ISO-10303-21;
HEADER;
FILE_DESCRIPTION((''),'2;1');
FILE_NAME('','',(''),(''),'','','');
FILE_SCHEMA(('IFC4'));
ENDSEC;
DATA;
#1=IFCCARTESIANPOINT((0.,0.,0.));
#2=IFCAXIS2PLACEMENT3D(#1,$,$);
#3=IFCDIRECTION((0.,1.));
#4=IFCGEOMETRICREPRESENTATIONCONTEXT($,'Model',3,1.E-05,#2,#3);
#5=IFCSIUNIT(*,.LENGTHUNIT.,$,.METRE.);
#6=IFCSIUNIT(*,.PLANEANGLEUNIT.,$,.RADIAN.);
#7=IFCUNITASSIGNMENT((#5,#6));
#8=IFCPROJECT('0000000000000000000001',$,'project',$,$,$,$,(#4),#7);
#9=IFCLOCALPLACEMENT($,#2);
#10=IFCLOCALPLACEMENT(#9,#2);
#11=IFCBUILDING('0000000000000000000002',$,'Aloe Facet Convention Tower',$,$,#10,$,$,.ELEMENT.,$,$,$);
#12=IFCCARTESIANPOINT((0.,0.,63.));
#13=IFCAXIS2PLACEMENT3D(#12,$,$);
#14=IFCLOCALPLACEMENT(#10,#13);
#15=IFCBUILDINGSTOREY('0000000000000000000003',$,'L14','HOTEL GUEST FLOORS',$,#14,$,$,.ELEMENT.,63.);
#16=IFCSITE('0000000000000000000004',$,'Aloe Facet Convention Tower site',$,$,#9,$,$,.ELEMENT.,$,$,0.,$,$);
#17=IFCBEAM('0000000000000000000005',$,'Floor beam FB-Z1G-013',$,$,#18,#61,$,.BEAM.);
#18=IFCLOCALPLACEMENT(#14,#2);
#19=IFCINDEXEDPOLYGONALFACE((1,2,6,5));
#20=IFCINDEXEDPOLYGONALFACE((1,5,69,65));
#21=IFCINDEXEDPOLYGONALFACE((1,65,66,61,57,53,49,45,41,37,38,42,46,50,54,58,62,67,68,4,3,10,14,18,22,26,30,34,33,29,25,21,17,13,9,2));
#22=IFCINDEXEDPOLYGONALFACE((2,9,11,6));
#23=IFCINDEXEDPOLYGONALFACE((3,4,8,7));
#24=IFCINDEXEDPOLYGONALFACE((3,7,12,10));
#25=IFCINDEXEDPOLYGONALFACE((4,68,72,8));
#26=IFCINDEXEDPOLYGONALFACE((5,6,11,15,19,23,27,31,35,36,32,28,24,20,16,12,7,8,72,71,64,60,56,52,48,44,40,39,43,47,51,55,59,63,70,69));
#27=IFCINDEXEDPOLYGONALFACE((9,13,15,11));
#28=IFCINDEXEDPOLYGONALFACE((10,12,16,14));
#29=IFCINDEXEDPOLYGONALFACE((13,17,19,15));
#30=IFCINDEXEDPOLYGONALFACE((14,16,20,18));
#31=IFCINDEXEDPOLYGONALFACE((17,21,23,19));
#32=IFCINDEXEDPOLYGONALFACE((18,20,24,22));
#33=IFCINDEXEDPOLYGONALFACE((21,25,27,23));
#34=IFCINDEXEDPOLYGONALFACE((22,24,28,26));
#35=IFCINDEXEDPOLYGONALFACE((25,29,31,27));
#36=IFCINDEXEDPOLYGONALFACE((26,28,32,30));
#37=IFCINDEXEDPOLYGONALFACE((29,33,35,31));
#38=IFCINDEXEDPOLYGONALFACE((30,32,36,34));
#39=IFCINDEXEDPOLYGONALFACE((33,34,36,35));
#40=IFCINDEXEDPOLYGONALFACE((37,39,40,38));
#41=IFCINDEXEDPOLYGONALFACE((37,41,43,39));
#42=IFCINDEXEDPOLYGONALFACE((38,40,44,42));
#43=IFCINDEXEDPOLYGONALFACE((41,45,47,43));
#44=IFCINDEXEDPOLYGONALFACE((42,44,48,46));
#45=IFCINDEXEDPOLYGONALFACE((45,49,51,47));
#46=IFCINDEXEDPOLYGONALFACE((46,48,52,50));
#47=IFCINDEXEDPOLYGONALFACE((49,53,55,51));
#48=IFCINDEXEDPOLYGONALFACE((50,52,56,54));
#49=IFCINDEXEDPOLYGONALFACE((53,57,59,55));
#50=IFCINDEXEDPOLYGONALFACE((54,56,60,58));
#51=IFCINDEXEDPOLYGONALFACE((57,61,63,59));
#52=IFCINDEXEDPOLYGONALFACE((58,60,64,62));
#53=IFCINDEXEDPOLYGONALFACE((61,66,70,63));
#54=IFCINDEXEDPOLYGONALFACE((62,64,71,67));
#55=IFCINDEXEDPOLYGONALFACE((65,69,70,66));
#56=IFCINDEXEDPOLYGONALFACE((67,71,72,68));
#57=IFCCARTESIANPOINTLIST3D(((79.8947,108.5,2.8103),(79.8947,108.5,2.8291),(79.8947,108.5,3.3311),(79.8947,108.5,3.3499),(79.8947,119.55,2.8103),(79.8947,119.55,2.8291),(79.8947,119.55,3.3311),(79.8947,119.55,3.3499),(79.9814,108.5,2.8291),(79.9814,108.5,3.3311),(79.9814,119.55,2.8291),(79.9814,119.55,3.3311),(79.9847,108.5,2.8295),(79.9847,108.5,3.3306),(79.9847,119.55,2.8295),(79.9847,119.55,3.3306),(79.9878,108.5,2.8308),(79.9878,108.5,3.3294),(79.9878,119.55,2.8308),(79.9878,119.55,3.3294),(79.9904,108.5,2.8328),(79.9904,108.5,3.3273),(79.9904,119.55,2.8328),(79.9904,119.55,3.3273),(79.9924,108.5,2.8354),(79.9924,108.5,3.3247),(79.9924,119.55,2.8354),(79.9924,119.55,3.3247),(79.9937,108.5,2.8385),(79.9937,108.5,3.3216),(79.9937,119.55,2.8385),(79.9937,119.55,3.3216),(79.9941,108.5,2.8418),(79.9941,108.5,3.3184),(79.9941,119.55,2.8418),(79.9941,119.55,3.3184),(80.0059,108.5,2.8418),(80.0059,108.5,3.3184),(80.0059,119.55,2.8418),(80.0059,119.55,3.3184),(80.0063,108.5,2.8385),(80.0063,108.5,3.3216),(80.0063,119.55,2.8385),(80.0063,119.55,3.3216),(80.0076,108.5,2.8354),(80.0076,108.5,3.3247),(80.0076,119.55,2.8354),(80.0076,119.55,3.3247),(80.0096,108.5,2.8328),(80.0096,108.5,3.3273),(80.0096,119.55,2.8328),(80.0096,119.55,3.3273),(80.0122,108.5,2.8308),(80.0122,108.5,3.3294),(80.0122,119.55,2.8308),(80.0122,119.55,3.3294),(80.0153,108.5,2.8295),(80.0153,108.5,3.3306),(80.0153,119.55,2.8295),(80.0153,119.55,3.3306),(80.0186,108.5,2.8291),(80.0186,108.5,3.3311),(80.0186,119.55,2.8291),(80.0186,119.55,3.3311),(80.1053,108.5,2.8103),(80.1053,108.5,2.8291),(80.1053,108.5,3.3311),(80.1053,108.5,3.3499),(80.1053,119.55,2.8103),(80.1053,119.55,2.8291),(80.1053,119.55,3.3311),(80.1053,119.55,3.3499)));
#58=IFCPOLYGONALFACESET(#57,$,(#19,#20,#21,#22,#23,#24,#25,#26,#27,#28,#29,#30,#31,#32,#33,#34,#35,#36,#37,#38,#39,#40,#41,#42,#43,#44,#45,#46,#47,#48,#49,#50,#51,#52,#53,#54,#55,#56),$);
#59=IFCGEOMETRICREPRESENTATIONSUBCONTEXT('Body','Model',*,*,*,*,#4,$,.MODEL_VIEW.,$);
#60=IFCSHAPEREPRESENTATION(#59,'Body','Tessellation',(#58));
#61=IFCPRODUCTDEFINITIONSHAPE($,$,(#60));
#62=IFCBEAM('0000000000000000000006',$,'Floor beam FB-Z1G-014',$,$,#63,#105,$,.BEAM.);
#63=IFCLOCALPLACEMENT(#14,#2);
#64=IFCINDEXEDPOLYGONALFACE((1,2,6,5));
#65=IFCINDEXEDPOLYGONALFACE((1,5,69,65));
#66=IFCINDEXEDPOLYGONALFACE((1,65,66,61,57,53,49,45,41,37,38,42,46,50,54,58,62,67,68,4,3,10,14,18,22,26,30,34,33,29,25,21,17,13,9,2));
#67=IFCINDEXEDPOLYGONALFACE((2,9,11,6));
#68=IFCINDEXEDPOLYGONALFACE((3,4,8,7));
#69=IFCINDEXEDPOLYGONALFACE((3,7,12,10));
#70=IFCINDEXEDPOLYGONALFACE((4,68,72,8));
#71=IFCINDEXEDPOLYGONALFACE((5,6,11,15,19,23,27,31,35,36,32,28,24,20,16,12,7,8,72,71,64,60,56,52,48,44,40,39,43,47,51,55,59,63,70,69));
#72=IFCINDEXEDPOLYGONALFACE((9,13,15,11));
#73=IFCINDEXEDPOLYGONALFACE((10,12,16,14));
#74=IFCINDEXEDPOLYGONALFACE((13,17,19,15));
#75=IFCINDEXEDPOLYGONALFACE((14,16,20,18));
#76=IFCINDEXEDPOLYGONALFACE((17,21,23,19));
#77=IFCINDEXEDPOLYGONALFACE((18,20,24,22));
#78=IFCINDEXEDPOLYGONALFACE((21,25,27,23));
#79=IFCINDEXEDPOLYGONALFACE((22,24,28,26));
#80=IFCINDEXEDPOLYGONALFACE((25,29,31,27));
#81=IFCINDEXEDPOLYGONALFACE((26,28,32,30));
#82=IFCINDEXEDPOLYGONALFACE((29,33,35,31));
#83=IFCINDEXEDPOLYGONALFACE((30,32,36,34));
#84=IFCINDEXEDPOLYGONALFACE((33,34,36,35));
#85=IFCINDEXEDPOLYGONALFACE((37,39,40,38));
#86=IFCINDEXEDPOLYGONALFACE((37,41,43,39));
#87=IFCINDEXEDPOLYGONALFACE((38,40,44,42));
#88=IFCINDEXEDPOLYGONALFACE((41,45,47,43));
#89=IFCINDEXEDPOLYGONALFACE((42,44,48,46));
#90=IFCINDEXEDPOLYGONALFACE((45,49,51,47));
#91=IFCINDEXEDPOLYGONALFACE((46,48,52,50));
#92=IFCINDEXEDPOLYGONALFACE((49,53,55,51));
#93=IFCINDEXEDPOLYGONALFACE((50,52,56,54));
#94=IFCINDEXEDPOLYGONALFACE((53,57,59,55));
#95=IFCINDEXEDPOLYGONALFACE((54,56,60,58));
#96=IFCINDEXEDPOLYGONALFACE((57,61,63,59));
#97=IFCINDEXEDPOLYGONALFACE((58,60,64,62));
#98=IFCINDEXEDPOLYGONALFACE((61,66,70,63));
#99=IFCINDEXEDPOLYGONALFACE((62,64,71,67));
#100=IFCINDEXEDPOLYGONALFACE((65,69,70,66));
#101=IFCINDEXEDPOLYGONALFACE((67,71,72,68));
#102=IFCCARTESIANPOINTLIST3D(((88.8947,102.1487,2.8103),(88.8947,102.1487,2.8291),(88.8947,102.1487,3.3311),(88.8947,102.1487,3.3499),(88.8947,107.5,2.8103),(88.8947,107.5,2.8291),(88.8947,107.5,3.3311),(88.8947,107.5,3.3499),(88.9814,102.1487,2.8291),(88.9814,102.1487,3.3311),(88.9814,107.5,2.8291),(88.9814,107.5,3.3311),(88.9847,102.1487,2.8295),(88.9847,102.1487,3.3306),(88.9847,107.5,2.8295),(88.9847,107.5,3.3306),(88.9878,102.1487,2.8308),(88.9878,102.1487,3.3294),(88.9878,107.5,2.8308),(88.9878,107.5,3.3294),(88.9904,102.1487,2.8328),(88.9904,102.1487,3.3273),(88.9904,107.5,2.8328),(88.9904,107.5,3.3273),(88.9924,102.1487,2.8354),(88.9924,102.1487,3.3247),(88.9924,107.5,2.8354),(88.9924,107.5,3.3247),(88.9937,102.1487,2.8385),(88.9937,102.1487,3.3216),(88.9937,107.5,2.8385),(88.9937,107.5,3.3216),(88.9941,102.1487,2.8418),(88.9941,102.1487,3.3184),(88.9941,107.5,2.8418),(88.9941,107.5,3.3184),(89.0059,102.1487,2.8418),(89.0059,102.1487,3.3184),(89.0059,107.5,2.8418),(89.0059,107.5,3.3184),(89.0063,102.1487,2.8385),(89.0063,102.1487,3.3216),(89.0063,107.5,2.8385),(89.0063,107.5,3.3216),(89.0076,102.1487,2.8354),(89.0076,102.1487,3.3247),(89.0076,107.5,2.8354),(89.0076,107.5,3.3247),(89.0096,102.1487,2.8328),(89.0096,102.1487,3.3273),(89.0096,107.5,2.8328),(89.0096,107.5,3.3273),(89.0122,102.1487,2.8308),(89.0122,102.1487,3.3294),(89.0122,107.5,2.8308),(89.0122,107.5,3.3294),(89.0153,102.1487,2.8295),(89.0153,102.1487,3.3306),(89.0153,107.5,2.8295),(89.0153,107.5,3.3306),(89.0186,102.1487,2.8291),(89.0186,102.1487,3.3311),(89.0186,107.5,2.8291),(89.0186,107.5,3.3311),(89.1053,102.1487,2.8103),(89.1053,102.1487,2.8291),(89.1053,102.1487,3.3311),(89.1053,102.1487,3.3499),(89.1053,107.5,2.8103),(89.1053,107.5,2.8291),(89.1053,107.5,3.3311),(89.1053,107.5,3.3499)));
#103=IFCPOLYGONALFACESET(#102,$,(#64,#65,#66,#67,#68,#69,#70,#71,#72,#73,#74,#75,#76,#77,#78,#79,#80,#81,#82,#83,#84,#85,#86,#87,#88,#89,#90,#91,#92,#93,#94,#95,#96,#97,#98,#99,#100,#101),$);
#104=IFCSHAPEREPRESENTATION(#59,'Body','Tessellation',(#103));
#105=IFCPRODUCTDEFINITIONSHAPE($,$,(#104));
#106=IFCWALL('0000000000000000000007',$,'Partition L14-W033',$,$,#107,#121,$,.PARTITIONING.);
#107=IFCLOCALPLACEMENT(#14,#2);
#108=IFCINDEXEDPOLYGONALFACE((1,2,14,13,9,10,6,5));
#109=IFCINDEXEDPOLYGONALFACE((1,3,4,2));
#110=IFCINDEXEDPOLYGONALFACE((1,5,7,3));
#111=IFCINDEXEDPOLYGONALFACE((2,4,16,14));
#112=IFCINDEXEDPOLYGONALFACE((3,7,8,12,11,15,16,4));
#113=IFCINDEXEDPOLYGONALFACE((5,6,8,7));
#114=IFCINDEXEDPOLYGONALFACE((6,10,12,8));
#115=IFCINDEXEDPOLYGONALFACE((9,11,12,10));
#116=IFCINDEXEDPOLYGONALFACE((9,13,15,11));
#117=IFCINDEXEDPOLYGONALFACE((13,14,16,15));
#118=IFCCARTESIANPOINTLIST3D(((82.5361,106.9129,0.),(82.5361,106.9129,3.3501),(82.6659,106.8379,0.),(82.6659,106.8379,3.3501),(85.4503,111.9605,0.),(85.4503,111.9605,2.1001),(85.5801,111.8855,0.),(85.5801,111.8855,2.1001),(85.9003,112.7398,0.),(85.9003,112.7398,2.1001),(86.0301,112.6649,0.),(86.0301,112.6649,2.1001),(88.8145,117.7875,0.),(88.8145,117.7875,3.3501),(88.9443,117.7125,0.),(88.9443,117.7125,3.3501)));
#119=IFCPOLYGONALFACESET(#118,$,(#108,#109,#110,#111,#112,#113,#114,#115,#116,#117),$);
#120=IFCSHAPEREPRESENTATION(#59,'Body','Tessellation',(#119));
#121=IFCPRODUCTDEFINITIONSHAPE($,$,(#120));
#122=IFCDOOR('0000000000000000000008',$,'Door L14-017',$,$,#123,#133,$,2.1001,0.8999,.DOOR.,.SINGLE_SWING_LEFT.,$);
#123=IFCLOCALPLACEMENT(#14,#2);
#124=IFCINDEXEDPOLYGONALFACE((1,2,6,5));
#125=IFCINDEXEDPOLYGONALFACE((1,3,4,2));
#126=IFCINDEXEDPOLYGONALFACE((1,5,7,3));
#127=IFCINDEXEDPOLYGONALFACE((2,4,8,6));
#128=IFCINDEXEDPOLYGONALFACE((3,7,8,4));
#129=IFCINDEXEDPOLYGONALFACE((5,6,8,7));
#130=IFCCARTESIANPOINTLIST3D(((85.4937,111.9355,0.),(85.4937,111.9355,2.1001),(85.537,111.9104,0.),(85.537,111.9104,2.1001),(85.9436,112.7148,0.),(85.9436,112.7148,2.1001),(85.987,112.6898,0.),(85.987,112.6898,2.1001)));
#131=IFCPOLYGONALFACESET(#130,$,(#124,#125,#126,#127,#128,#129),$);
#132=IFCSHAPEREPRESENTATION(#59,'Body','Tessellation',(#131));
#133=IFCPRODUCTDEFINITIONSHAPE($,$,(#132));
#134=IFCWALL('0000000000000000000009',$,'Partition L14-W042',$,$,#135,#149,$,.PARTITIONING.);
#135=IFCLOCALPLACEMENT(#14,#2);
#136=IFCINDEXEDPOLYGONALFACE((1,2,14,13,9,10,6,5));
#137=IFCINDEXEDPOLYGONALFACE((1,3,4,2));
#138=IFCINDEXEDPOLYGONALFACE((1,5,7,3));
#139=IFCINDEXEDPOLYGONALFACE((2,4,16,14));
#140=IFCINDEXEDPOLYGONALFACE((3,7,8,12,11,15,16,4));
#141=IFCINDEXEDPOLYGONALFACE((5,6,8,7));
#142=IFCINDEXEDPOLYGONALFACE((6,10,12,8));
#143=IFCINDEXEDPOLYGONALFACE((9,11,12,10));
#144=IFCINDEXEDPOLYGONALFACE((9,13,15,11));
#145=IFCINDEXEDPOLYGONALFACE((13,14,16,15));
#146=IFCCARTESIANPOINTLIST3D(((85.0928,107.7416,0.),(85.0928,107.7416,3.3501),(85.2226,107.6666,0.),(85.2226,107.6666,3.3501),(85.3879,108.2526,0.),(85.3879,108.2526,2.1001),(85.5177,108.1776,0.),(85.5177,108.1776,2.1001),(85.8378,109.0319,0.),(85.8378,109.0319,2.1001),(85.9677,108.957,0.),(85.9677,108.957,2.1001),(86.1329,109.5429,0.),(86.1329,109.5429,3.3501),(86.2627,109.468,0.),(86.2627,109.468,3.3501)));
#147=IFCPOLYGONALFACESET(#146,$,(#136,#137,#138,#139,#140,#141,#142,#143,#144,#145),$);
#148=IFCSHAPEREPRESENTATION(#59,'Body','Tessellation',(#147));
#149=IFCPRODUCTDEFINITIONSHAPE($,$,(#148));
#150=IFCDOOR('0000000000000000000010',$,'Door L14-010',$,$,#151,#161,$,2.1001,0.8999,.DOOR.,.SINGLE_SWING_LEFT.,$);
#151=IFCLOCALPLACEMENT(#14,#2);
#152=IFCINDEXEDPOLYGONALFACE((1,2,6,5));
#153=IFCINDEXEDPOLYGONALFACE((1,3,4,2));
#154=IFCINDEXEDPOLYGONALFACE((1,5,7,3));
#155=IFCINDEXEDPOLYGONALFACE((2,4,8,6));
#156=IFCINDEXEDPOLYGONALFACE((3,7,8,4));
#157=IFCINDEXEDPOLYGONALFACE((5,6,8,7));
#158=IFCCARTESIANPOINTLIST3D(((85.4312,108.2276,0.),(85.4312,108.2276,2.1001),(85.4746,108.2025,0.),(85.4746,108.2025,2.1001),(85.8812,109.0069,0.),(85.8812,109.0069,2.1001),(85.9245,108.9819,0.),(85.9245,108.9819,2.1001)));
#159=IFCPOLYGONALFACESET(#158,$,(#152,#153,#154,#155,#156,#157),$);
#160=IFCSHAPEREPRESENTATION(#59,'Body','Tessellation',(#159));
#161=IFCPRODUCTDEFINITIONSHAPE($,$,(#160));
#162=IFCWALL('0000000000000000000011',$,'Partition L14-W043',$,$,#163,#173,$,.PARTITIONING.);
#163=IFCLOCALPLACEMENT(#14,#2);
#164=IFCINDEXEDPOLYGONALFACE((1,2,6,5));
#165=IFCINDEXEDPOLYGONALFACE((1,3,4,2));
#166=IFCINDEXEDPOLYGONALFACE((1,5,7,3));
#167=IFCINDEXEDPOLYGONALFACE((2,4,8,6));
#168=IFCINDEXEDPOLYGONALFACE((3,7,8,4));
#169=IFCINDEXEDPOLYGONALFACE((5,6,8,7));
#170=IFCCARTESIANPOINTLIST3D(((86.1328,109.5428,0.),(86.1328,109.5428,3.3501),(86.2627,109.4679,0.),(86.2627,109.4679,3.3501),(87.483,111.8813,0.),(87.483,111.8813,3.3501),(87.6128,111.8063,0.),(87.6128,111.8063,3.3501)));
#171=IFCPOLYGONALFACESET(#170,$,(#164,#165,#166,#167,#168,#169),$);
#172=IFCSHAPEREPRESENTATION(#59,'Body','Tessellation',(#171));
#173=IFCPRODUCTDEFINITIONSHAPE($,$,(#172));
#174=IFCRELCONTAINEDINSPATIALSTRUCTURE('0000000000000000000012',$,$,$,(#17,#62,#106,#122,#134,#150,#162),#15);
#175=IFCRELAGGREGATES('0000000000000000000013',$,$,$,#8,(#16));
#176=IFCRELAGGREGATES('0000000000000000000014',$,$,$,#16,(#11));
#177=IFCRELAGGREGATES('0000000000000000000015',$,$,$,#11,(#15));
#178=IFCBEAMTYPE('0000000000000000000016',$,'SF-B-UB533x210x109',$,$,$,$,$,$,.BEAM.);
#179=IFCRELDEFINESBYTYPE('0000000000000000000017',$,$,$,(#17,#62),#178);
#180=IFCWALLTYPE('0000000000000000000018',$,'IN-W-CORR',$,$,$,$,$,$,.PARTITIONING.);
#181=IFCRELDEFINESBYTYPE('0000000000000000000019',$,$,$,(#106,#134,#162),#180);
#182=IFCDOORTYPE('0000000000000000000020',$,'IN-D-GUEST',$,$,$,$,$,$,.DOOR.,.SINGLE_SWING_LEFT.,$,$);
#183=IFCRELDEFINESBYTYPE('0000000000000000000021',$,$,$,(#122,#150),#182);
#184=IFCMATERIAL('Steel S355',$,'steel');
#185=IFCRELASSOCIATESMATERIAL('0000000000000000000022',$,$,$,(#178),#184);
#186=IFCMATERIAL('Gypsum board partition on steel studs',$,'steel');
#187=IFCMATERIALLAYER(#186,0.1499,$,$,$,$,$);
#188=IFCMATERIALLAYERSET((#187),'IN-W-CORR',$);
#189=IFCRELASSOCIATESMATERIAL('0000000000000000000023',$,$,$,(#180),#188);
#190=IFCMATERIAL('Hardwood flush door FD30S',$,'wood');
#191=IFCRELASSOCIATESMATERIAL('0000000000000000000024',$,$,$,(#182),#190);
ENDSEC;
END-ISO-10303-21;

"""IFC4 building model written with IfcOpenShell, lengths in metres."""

from ifc_helpers import new_model, si_unit, direction, frame, frame_2d, origin, origin_2d, place, context, subcontext, project, spatial, rectangle, i_section, extrude, material, layer, layer_set, material_profile, profile_set, type_object, element, fill, save


model = new_model("IFC4")

# Units and contexts
model_context = context("Model", 3, precision=1e-05, world=origin(), true_north=direction((0.0, 1.0)))
body_context = subcontext(model_context, "Body", "Model", "MODEL_VIEW")
ifc_project = project(units=[si_unit("LENGTHUNIT", "METRE"), si_unit("PLANEANGLEUNIT", "RADIAN")], contexts=[model_context])

# Site, building, storey
site_placement = place(None, origin())
site = spatial("IfcSite", under=ifc_project, at=site_placement, Name="Aloe Facet Convention Tower site", CompositionType="ELEMENT", RefElevation=0.0)
building_placement = place(site_placement, origin())
building = spatial("IfcBuilding", under=site, at=building_placement, Name="Aloe Facet Convention Tower", CompositionType="ELEMENT")
storey_placement = place(building_placement, frame((0.0, 0.0, 63.0)))
storey = spatial("IfcBuildingStorey", under=building, at=storey_placement, Name="L14", Description="HOTEL GUEST FLOORS", CompositionType="ELEMENT", Elevation=63.0)

# Beams
ifc_material_1 = material(Name="Steel S355", Category="steel")
ifc_material_profile_1 = material_profile(ifc_material_1, i_section(OverallWidth=0.2107, OverallDepth=0.5396, WebThickness=0.0117, FlangeThickness=0.0188, FilletRadius=0.0127, at=origin_2d()), Name="UB 533x210x109")
ifc_profile_set_1 = profile_set([ifc_material_profile_1], Name="Steel S355")
beam_type_1 = type_object("IfcBeamType", Name="SF-B-UB533x210x109", PredefinedType="BEAM", material=ifc_profile_set_1)
beam_1_placement = place(storey_placement, frame((80.0, 119.55, 3.0801), z_axis=(0.0, -1.0, 0.0), x_axis=(1.0, 0.0, 0.0)))
element("IfcBeam", 1, at=beam_1_placement, inside=storey, type_object=beam_type_1, Name="Floor beam FB-Z1G-013", PredefinedType="BEAM", context=body_context, shape_type="SweptSolid", body=[
    extrude(i_section(OverallWidth=0.2107, OverallDepth=0.5396, WebThickness=0.0117, FlangeThickness=0.0188, FilletRadius=0.0127, at=origin_2d()), origin(), (0.0, 0.0, 1.0), 11.05),
])
beam_2_placement = place(storey_placement, frame((89.0, 107.5, 3.0801), z_axis=(0.0, -1.0, 0.0), x_axis=(1.0, 0.0, 0.0)))
element("IfcBeam", 2, at=beam_2_placement, inside=storey, type_object=beam_type_1, Name="Floor beam FB-Z1G-014", PredefinedType="BEAM", context=body_context, shape_type="SweptSolid", body=[
    extrude(i_section(OverallWidth=0.2107, OverallDepth=0.5396, WebThickness=0.0117, FlangeThickness=0.0188, FilletRadius=0.0127, at=origin_2d()), origin(), (0.0, 0.0, 1.0), 5.3513),
])

# Walls, openings, doors
ifc_material_2 = material(Name="Gypsum board partition on steel studs", Category="steel")
ifc_layer_1 = layer(ifc_material_2, 0.1499)
ifc_layer_set_1 = layer_set([ifc_layer_1], Name="IN-W-CORR")
wall_type_1 = type_object("IfcWallType", Name="IN-W-CORR", PredefinedType="PARTITIONING", material=ifc_layer_set_1)
wall_1_placement = place(storey_placement, frame((82.6011, 106.8755, 0.0), z_axis=(0.0, 0.0, 1.0), x_axis=(0.499995, 0.866028, 0.0)))
wall_1 = element("IfcWall", 3, at=wall_1_placement, inside=storey, type_object=wall_type_1, Name="Partition L14-W033", PredefinedType="PARTITIONING", context=body_context, shape_type="SweptSolid", body=[
    extrude(rectangle(XDim=12.5569, YDim=0.1499, at=frame_2d((6.2783, 0.0))), origin(), (0.0, 0.0, 1.0), 3.3501),
])
opening_1_placement = place(wall_1_placement, frame((5.8284, 0.0, 0.0)))
opening_1 = element("IfcOpeningElement", 4, at=opening_1_placement, cuts=wall_1, PredefinedType="OPENING", context=body_context, shape_type="SweptSolid", body=[
    extrude(rectangle(XDim=0.8999, YDim=2.1001, at=frame_2d((0.45, 1.05))), frame((0.0, 0.085, 0.0), z_axis=(0.0, -1.0, 0.0), x_axis=(1.0, 0.0, 0.0)), (0.0, 0.0, 1.0), 0.1699),
])
ifc_material_3 = material(Name="Hardwood flush door FD30S", Category="wood")
door_type_1 = type_object("IfcDoorType", Name="IN-D-GUEST", OperationType="SINGLE_SWING_LEFT", PredefinedType="DOOR", material=ifc_material_3)
door_1_placement = place(opening_1_placement, origin())
door_1 = element("IfcDoor", 5, at=door_1_placement, inside=storey, type_object=door_type_1, Name="Door L14-017", OperationType="SINGLE_SWING_LEFT", OverallHeight=2.1001, OverallWidth=0.8999, PredefinedType="DOOR", context=body_context, shape_type="SweptSolid", body=[
    extrude(rectangle(XDim=0.8999, YDim=2.1001, at=frame_2d((0.45, 1.05))), frame((0.0, 0.0249, 0.0), z_axis=(0.0, -1.0, 0.0), x_axis=(1.0, 0.0, 0.0)), (0.0, 0.0, 1.0), 0.05),
])
fill(opening_1, door_1)
wall_2_placement = place(storey_placement, frame((85.1577, 107.7041, 0.0), z_axis=(0.0, 0.0, 1.0), x_axis=(0.500027, 0.86601, 0.0)))
wall_2 = element("IfcWall", 6, at=wall_2_placement, inside=storey, type_object=wall_type_1, Name="Partition L14-W042", PredefinedType="PARTITIONING", context=body_context, shape_type="SweptSolid", body=[
    extrude(rectangle(XDim=2.0801, YDim=0.1499, at=frame_2d((1.04, 0.0))), origin(), (0.0, 0.0, 1.0), 3.3501),
])
opening_2_placement = place(wall_2_placement, frame((0.5901, 0.0, 0.0)))
opening_2 = element("IfcOpeningElement", 7, at=opening_2_placement, cuts=wall_2, PredefinedType="OPENING", context=body_context, shape_type="SweptSolid", body=[
    extrude(rectangle(XDim=0.8999, YDim=2.1001, at=frame_2d((0.45, 1.05))), frame((0.0, 0.085, 0.0), z_axis=(0.0, -1.0, 0.0), x_axis=(1.0, 0.0, 0.0)), (0.0, 0.0, 1.0), 0.1699),
])
door_2_placement = place(opening_2_placement, origin())
door_2 = element("IfcDoor", 8, at=door_2_placement, inside=storey, type_object=door_type_1, Name="Door L14-010", OperationType="SINGLE_SWING_LEFT", OverallHeight=2.1001, OverallWidth=0.8999, PredefinedType="DOOR", context=body_context, shape_type="SweptSolid", body=[
    extrude(rectangle(XDim=0.8999, YDim=2.1001, at=frame_2d((0.45, 1.05))), frame((0.0, 0.0249, 0.0), z_axis=(0.0, -1.0, 0.0), x_axis=(1.0, 0.0, 0.0)), (0.0, 0.0, 1.0), 0.05),
])
fill(opening_2, door_2)

# Wall
wall_3_placement = place(storey_placement, frame((86.1978, 109.5054, 0.0), z_axis=(0.0, 0.0, 1.0), x_axis=(0.500009, 0.86602, 0.0)))
element("IfcWall", 9, at=wall_3_placement, inside=storey, type_object=wall_type_1, Name="Partition L14-W043", PredefinedType="PARTITIONING", context=body_context, shape_type="SweptSolid", body=[
    extrude(rectangle(XDim=2.7002, YDim=0.1499, at=frame_2d((1.3501, 0.0))), origin(), (0.0, 0.0, 1.0), 3.3501),
])

save(model, "model.ifc")
